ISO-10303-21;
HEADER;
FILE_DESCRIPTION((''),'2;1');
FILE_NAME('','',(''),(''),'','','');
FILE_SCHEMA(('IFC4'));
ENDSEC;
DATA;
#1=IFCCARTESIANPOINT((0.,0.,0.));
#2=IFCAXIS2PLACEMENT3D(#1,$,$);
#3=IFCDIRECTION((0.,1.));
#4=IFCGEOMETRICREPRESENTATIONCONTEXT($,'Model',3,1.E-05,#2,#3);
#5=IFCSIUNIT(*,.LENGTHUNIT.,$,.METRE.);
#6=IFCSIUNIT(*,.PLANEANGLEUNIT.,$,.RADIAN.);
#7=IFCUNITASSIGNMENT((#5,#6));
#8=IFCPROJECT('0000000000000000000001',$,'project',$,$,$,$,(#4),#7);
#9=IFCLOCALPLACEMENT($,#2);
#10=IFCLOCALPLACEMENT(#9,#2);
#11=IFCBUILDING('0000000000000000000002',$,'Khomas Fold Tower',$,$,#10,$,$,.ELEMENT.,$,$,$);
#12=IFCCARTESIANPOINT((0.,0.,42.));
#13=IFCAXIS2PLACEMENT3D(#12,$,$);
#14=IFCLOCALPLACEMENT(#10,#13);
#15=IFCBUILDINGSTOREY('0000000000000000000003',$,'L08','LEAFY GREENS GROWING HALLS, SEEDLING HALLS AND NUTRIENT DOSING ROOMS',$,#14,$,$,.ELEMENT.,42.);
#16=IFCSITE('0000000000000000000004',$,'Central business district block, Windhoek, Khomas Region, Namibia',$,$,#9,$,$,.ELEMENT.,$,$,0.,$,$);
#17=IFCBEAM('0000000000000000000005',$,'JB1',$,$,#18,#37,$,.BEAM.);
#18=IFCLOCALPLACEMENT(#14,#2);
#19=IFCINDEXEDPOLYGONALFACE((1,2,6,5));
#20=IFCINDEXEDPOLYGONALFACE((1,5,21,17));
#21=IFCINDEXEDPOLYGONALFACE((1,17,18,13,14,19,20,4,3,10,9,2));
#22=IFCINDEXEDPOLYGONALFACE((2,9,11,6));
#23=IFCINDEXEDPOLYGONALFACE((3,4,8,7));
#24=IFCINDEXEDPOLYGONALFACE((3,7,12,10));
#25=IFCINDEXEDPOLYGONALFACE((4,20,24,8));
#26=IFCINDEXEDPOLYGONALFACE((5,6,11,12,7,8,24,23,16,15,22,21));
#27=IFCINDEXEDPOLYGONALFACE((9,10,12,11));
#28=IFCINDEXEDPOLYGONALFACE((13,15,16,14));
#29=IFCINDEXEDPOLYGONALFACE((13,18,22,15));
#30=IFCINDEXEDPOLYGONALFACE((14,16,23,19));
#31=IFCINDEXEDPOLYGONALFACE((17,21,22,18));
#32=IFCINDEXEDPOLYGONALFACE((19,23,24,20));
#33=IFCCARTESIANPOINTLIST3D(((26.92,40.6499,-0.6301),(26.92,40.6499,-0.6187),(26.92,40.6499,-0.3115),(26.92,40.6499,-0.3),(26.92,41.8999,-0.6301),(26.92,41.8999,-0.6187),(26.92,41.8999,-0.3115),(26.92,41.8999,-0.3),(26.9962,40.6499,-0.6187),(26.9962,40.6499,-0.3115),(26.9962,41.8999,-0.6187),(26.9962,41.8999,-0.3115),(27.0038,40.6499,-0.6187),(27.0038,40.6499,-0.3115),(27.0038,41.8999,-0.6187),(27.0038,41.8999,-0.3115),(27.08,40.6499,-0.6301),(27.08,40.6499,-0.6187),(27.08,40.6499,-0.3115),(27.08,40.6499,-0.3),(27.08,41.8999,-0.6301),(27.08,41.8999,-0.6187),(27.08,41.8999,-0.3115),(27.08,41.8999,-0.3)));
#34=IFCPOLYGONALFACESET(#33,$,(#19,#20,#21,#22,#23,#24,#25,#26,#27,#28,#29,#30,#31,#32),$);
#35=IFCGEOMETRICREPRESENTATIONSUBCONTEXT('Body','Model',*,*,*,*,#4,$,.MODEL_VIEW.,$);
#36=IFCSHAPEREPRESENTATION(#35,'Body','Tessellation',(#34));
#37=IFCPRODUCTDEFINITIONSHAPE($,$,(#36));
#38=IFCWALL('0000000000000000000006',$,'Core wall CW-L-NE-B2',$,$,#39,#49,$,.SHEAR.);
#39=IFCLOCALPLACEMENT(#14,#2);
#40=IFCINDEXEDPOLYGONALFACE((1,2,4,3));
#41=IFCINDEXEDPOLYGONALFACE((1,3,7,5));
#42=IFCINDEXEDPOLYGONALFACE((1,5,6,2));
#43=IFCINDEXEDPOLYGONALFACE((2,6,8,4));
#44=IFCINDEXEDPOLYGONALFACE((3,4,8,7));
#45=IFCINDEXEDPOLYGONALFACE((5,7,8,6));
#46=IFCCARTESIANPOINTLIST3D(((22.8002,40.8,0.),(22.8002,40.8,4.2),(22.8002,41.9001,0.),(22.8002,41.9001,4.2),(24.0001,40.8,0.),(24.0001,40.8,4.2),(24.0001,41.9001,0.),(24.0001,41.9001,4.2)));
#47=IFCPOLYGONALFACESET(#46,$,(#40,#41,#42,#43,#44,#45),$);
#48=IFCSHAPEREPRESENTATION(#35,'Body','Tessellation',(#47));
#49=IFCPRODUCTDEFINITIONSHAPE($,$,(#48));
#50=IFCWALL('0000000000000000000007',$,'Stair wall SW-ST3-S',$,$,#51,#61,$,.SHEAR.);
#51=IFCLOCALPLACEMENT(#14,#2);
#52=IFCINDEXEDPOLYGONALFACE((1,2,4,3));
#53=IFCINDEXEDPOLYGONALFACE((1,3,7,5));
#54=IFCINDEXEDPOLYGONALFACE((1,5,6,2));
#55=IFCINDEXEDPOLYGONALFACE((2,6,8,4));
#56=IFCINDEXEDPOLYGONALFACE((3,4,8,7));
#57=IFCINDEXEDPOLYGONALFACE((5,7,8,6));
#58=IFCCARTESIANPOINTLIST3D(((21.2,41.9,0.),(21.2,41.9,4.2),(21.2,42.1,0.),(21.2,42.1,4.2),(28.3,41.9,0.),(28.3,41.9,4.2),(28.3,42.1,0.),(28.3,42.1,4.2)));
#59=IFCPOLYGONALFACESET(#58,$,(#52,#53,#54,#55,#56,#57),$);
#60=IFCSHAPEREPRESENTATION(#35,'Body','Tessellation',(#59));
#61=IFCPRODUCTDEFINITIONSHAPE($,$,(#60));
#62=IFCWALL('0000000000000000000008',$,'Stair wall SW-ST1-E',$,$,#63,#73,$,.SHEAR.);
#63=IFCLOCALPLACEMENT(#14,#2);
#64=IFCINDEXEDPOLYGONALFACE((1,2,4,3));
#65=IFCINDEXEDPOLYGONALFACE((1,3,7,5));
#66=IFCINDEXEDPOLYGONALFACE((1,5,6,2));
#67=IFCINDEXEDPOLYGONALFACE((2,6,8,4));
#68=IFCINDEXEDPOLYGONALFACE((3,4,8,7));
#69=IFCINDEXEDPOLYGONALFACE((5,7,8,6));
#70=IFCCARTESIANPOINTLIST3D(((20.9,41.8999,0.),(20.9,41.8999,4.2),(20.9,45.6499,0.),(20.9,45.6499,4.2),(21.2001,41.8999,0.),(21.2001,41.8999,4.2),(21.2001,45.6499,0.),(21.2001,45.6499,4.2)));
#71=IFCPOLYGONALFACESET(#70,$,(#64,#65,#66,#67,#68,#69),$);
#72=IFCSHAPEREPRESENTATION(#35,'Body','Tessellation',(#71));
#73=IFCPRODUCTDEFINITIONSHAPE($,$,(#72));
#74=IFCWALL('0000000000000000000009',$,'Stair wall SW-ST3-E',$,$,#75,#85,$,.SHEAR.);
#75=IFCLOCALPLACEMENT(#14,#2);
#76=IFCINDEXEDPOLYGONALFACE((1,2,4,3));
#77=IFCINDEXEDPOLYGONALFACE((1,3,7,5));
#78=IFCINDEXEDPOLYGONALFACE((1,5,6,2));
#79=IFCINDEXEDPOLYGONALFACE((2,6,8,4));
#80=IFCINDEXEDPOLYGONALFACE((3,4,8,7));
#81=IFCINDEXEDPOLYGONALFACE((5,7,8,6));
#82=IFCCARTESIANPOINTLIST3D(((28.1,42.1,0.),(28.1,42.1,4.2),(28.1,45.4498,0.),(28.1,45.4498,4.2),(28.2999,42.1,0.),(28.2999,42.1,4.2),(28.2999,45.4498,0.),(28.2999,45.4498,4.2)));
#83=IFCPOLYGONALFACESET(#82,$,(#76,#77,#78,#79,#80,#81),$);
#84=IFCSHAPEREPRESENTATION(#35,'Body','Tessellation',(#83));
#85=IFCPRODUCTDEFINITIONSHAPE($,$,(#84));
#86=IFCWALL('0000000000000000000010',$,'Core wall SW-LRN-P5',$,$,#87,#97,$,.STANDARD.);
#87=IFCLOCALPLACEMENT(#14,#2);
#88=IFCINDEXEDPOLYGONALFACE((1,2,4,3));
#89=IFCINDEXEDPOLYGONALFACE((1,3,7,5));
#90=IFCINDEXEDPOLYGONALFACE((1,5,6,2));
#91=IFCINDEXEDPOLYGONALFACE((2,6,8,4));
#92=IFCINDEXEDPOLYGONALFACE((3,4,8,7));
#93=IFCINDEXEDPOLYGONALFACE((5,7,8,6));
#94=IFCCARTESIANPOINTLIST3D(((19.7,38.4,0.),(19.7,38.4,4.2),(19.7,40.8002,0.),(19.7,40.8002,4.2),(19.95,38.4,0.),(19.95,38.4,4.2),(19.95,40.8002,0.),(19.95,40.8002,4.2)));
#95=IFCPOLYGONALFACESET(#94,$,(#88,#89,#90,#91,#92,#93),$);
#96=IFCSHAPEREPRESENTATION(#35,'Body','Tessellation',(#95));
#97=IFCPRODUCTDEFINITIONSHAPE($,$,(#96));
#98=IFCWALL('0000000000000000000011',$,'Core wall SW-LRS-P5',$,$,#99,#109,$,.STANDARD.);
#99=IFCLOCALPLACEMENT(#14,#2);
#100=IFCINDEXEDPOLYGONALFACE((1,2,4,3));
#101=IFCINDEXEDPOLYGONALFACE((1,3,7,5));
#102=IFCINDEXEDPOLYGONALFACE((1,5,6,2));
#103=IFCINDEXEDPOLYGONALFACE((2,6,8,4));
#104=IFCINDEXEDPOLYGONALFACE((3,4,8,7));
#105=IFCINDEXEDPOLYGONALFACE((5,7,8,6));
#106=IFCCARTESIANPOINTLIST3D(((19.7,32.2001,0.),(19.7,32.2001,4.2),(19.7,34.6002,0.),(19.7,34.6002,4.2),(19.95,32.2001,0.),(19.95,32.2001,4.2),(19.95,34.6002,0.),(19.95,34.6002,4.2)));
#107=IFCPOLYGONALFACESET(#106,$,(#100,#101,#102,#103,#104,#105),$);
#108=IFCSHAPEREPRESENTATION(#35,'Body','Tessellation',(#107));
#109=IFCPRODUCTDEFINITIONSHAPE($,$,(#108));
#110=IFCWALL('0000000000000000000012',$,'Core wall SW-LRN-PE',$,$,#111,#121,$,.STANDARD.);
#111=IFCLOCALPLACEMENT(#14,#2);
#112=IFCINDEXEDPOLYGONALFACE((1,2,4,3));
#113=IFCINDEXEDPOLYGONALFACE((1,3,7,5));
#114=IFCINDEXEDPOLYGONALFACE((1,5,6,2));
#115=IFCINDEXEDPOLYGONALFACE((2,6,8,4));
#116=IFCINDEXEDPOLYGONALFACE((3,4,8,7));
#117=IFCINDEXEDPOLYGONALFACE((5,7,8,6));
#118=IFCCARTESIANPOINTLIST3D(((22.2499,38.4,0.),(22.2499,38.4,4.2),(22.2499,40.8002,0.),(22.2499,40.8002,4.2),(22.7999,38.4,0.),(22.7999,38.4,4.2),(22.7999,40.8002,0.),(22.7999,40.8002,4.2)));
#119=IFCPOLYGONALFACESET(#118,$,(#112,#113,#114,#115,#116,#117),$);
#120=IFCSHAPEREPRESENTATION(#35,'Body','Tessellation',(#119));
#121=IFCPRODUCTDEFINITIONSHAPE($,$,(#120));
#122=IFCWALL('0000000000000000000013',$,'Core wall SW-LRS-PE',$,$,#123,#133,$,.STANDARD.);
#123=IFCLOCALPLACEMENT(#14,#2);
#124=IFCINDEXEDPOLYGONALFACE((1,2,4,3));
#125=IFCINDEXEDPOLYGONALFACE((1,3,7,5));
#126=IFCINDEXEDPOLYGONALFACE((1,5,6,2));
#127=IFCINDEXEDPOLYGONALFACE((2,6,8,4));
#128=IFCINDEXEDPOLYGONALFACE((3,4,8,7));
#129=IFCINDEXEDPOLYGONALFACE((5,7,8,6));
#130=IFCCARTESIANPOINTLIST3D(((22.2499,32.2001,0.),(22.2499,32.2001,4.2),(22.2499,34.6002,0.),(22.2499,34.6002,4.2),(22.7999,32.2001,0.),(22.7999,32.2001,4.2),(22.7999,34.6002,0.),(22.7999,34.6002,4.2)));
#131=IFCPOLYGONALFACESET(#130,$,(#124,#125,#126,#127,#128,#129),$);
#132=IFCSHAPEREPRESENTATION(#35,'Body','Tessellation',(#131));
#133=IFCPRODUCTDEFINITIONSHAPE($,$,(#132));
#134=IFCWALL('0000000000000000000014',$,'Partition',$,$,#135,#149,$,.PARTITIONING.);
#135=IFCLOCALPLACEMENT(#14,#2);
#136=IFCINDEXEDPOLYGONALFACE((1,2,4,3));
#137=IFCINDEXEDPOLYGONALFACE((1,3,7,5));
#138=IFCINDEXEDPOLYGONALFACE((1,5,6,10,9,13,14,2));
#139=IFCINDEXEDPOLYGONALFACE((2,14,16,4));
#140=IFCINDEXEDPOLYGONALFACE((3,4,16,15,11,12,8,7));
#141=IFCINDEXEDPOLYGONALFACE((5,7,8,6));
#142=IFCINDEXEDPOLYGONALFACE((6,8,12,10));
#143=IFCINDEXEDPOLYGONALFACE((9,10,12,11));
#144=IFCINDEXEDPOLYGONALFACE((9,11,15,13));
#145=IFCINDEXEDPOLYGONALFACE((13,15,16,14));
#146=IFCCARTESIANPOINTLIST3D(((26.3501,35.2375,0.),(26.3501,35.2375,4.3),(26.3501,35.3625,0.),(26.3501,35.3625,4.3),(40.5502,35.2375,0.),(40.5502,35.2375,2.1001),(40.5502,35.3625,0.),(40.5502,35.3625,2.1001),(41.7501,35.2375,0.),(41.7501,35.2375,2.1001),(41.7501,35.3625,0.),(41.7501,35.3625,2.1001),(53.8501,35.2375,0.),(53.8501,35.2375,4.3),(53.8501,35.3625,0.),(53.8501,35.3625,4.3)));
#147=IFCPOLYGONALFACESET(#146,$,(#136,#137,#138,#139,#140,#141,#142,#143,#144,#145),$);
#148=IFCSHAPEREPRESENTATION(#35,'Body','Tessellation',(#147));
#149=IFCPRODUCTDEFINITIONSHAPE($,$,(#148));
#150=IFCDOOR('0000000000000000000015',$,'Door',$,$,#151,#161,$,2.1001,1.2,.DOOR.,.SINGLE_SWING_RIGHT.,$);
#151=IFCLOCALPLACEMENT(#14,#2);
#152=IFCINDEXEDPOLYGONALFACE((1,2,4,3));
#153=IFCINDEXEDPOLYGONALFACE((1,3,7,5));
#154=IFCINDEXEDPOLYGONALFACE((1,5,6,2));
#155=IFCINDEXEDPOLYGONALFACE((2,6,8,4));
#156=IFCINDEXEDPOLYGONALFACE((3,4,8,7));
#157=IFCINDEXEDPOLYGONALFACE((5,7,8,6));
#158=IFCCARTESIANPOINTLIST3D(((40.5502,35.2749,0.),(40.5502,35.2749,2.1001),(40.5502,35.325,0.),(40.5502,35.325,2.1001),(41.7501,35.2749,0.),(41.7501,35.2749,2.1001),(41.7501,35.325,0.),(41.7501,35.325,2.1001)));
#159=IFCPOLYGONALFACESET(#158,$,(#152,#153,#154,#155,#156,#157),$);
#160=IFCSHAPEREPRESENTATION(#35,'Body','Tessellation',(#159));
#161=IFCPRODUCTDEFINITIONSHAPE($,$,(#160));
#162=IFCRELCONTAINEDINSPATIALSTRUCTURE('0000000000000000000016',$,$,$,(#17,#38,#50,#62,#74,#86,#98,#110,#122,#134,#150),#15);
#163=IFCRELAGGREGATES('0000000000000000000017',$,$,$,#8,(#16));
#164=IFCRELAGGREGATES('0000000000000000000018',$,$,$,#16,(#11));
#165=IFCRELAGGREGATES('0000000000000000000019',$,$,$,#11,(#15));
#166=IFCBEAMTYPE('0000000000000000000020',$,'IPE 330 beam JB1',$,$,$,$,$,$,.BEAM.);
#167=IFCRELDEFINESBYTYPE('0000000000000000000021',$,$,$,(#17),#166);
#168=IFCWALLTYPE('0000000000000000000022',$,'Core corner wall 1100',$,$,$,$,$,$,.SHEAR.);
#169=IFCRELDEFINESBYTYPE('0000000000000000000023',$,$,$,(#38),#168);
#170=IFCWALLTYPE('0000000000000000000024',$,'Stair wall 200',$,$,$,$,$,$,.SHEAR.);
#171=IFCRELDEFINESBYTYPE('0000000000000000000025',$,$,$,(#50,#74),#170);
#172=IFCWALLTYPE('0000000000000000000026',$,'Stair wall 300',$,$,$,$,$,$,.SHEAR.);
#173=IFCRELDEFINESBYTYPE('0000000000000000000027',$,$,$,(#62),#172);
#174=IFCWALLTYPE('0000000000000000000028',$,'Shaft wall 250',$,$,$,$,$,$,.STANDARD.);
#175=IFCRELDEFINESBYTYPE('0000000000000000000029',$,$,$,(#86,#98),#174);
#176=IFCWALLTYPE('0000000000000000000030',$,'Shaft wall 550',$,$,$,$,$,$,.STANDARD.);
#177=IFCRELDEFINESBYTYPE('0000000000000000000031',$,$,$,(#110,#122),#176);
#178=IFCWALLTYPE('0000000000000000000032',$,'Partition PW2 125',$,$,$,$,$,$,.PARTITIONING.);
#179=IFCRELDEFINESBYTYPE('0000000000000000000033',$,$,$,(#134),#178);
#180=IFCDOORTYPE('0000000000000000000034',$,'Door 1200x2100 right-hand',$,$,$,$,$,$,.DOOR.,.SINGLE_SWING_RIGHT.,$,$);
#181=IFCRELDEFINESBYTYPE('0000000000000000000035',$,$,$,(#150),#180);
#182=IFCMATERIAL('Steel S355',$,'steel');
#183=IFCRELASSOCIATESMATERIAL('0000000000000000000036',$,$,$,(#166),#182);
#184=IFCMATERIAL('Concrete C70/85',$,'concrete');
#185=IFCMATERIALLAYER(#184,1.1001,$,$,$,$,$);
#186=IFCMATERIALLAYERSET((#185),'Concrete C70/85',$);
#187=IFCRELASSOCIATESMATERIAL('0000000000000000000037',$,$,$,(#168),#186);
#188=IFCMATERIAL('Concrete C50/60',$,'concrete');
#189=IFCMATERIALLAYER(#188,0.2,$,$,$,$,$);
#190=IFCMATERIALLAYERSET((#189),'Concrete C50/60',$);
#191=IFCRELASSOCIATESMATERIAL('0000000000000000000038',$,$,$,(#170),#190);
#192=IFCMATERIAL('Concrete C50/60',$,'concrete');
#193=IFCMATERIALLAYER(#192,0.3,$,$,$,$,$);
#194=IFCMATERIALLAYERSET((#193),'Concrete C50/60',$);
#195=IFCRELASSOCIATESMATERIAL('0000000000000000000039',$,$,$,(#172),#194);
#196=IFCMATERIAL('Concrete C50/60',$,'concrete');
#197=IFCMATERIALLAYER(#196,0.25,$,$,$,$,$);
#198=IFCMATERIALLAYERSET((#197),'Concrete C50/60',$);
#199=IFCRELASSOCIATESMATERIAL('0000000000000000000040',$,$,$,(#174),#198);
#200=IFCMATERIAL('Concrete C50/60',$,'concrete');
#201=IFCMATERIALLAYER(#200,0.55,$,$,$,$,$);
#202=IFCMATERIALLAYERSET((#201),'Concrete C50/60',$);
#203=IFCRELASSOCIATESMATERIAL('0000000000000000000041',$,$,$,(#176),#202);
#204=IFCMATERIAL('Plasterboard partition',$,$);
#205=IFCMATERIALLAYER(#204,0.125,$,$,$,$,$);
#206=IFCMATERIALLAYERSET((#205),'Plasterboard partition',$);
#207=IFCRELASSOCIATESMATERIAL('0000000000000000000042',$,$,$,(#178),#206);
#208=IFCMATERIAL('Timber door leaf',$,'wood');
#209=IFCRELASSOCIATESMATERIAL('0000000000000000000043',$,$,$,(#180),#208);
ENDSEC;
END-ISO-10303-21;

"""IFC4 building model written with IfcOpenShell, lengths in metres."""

from ifc_helpers import new_model, si_unit, direction, frame, frame_2d, origin, origin_2d, place, context, subcontext, project, spatial, rectangle, i_section, extrude, source, transform, mapped, material, layer, layer_set, material_profile, profile_set, type_object, element, fill, save


model = new_model("IFC4")

# Units and contexts
model_context = context("Model", 3, precision=1e-05, world=origin(), true_north=direction((0.0, 1.0)))
body_context = subcontext(model_context, "Body", "Model", "MODEL_VIEW")
ifc_project = project(units=[si_unit("LENGTHUNIT", "METRE"), si_unit("PLANEANGLEUNIT", "RADIAN")], contexts=[model_context])

# Site, building, storey
site_placement = place(None, origin())
site = spatial("IfcSite", under=ifc_project, at=site_placement, Name="Central business district block, Windhoek, Khomas Region, Namibia", CompositionType="ELEMENT", RefElevation=0.0)
building_placement = place(site_placement, origin())
building = spatial("IfcBuilding", under=site, at=building_placement, Name="Khomas Fold Tower", CompositionType="ELEMENT")
storey_placement = place(building_placement, frame((0.0, 0.0, 42.0)))
storey = spatial("IfcBuildingStorey", under=building, at=storey_placement, Name="L08", Description="LEAFY GREENS GROWING HALLS, SEEDLING HALLS AND NUTRIENT DOSING ROOMS", CompositionType="ELEMENT", Elevation=42.0)

# Beam
ifc_material_1 = material(Name="Steel S355", Category="steel")
ifc_material_profile_1 = material_profile(ifc_material_1, i_section(OverallWidth=0.1599, OverallDepth=0.3301, WebThickness=0.0076, FlangeThickness=0.0115, at=origin_2d()), Name="IPE 330")
ifc_profile_set_1 = profile_set([ifc_material_profile_1], Name="Steel S355")
beam_type_1 = type_object("IfcBeamType", Name="IPE 330 beam JB1", PredefinedType="BEAM", material=ifc_profile_set_1)
shared_shape_1 = source(origin(), body_context, "Body", "SweptSolid", [
    extrude(i_section(OverallWidth=0.1599, OverallDepth=0.3301, WebThickness=0.0076, FlangeThickness=0.0115, at=origin_2d()), origin(), (0.0, 0.0, 1.0), 1.25),
])
beam_1_placement = place(storey_placement, frame((27.0, 40.6499, -0.4651), z_axis=(0.0, 1.0, 0.0), x_axis=(-1.0, 0.0, 0.0)))
element("IfcBeam", 1, at=beam_1_placement, inside=storey, type_object=beam_type_1, Name="JB1", PredefinedType="BEAM", context=body_context, shape_type="MappedRepresentation", body=[
    mapped(shared_shape_1, transform((0.0, 0.0, 0.0))),
])

# Walls
ifc_material_2 = material(Name="Concrete C70/85", Category="concrete")
ifc_layer_1 = layer(ifc_material_2, 1.1001)
ifc_layer_set_1 = layer_set([ifc_layer_1], Name="Concrete C70/85")
wall_type_1 = type_object("IfcWallType", Name="Core corner wall 1100", PredefinedType="SHEAR", material=ifc_layer_set_1)
shared_shape_2 = source(origin(), body_context, "Body", "SweptSolid", [
    extrude(rectangle(XDim=1.2, YDim=1.1001, at=frame_2d((0.6001, 0.0))), origin(), (0.0, 0.0, 1.0), 4.2),
])
wall_1_placement = place(storey_placement, frame((22.8, 41.3501, 0.0), z_axis=(0.0, 0.0, 1.0), x_axis=(1.0, 0.0, 0.0)))
element("IfcWall", 2, at=wall_1_placement, inside=storey, type_object=wall_type_1, Name="Core wall CW-L-NE-B2", PredefinedType="SHEAR", context=body_context, shape_type="MappedRepresentation", body=[
    mapped(shared_shape_2, transform((0.0, 0.0, 0.0))),
])
ifc_material_3 = material(Name="Concrete C50/60", Category="concrete")
ifc_layer_2 = layer(ifc_material_3, 0.2)
ifc_layer_set_2 = layer_set([ifc_layer_2], Name="Concrete C50/60")
wall_type_2 = type_object("IfcWallType", Name="Stair wall 200", PredefinedType="SHEAR", material=ifc_layer_set_2)
shared_shape_3 = source(origin(), body_context, "Body", "SweptSolid", [
    extrude(rectangle(XDim=7.1001, YDim=0.2, at=frame_2d((3.55, 0.0))), origin(), (0.0, 0.0, 1.0), 4.2),
])
wall_2_placement = place(storey_placement, frame((21.2, 42.0, 0.0), z_axis=(0.0, 0.0, 1.0), x_axis=(1.0, 0.0, 0.0)))
element("IfcWall", 3, at=wall_2_placement, inside=storey, type_object=wall_type_2, Name="Stair wall SW-ST3-S", PredefinedType="SHEAR", context=body_context, shape_type="MappedRepresentation", body=[
    mapped(shared_shape_3, transform((0.0, 0.0, 0.0))),
])
ifc_material_4 = material(Name="Concrete C50/60", Category="concrete")
ifc_layer_3 = layer(ifc_material_4, 0.3)
ifc_layer_set_3 = layer_set([ifc_layer_3], Name="Concrete C50/60")
wall_type_3 = type_object("IfcWallType", Name="Stair wall 300", PredefinedType="SHEAR", material=ifc_layer_set_3)
shared_shape_4 = source(origin(), body_context, "Body", "SweptSolid", [
    extrude(rectangle(XDim=3.75, YDim=0.3, at=frame_2d((1.875, 0.0))), origin(), (0.0, 0.0, 1.0), 4.2),
])
wall_3_placement = place(storey_placement, frame((21.05, 41.8999, 0.0), z_axis=(0.0, 0.0, 1.0), x_axis=(0.0, 1.0, 0.0)))
element("IfcWall", 4, at=wall_3_placement, inside=storey, type_object=wall_type_3, Name="Stair wall SW-ST1-E", PredefinedType="SHEAR", context=body_context, shape_type="MappedRepresentation", body=[
    mapped(shared_shape_4, transform((0.0, 0.0, 0.0))),
])
shared_shape_5 = source(origin(), body_context, "Body", "SweptSolid", [
    extrude(rectangle(XDim=3.3499, YDim=0.2, at=frame_2d((1.6748, 0.0))), origin(), (0.0, 0.0, 1.0), 4.2),
])
wall_4_placement = place(storey_placement, frame((28.2, 42.1001, 0.0), z_axis=(0.0, 0.0, 1.0), x_axis=(0.0, 1.0, 0.0)))
element("IfcWall", 5, at=wall_4_placement, inside=storey, type_object=wall_type_2, Name="Stair wall SW-ST3-E", PredefinedType="SHEAR", context=body_context, shape_type="MappedRepresentation", body=[
    mapped(shared_shape_5, transform((0.0, 0.0, 0.0))),
])
ifc_material_5 = material(Name="Concrete C50/60", Category="concrete")
ifc_layer_4 = layer(ifc_material_5, 0.25)
ifc_layer_set_4 = layer_set([ifc_layer_4], Name="Concrete C50/60")
wall_type_4 = type_object("IfcWallType", Name="Shaft wall 250", PredefinedType="STANDARD", material=ifc_layer_set_4)
shared_shape_6 = source(origin(), body_context, "Body", "SweptSolid", [
    extrude(rectangle(XDim=2.4001, YDim=0.25, at=frame_2d((1.2002, 0.0))), origin(), (0.0, 0.0, 1.0), 4.2),
])
for number, where, z_axis, x_axis, name in (
    (6, (19.825, 38.3999, 0.0), (0.0, 0.0, 1.0), (0.0, 1.0, 0.0), "Core wall SW-LRN-P5"),
    (7, (19.825, 32.2, 0.0), (0.0, 0.0, 1.0), (0.0, 1.0, 0.0), "Core wall SW-LRS-P5"),
):
    element("IfcWall", number, at=place(storey_placement, frame(where, z_axis=z_axis, x_axis=x_axis)), inside=storey, type_object=wall_type_4, Name=name, PredefinedType="STANDARD", context=body_context, shape_type="MappedRepresentation", body=[
        mapped(shared_shape_6, transform((0.0, 0.0, 0.0))),
    ])
ifc_material_6 = material(Name="Concrete C50/60", Category="concrete")
ifc_layer_5 = layer(ifc_material_6, 0.55)
ifc_layer_set_5 = layer_set([ifc_layer_5], Name="Concrete C50/60")
wall_type_5 = type_object("IfcWallType", Name="Shaft wall 550", PredefinedType="STANDARD", material=ifc_layer_set_5)
shared_shape_7 = source(origin(), body_context, "Body", "SweptSolid", [
    extrude(rectangle(XDim=2.4001, YDim=0.55, at=frame_2d((1.2002, 0.0))), origin(), (0.0, 0.0, 1.0), 4.2),
])
for number, where, z_axis, x_axis, name in (
    (8, (22.5249, 38.3999, 0.0), (0.0, 0.0, 1.0), (0.0, 1.0, 0.0), "Core wall SW-LRN-PE"),
    (9, (22.5249, 32.2, 0.0), (0.0, 0.0, 1.0), (0.0, 1.0, 0.0), "Core wall SW-LRS-PE"),
):
    element("IfcWall", number, at=place(storey_placement, frame(where, z_axis=z_axis, x_axis=x_axis)), inside=storey, type_object=wall_type_5, Name=name, PredefinedType="STANDARD", context=body_context, shape_type="MappedRepresentation", body=[
        mapped(shared_shape_7, transform((0.0, 0.0, 0.0))),
    ])

# Wall, opening, door
ifc_material_7 = material(Name="Plasterboard partition")
ifc_layer_6 = layer(ifc_material_7, 0.125)
ifc_layer_set_6 = layer_set([ifc_layer_6], Name="Plasterboard partition")
wall_type_6 = type_object("IfcWallType", Name="Partition PW2 125", PredefinedType="PARTITIONING", material=ifc_layer_set_6)
shared_shape_8 = source(origin(), body_context, "Body", "SweptSolid", [
    extrude(rectangle(XDim=27.5, YDim=0.125, at=frame_2d((13.75, 0.0))), origin(), (0.0, 0.0, 1.0), 4.3),
])
wall_5_placement = place(storey_placement, frame((26.3501, 35.3, 0.0), z_axis=(0.0, 0.0, 1.0), x_axis=(1.0, 0.0, 0.0)))
wall_5 = element("IfcWall", 10, at=wall_5_placement, inside=storey, type_object=wall_type_6, Name="Partition", PredefinedType="PARTITIONING", context=body_context, shape_type="MappedRepresentation", body=[
    mapped(shared_shape_8, transform((0.0, 0.0, 0.0))),
])
shared_shape_9 = source(origin(), body_context, "Body", "SweptSolid", [
    extrude(rectangle(XDim=1.2, YDim=2.1001, at=frame_2d((0.6001, 1.05))), frame((0.0, 0.0725, 0.0), z_axis=(0.0, -1.0, 0.0), x_axis=(1.0, 0.0, 0.0)), (0.0, 0.0, 1.0), 0.145),
])
opening_1_placement = place(wall_5_placement, frame((14.2, 0.0, 0.0)))
opening_1 = element("IfcOpeningElement", 11, at=opening_1_placement, cuts=wall_5, PredefinedType="OPENING", context=body_context, shape_type="MappedRepresentation", body=[
    mapped(shared_shape_9, transform((0.0, 0.0, 0.0))),
])
ifc_material_8 = material(Name="Timber door leaf", Category="wood")
door_type_1 = type_object("IfcDoorType", Name="Door 1200x2100 right-hand", OperationType="SINGLE_SWING_RIGHT", PredefinedType="DOOR", material=ifc_material_8)
shared_shape_10 = source(origin(), body_context, "Body", "SweptSolid", [
    extrude(rectangle(XDim=1.2, YDim=2.1001, at=frame_2d((0.6001, 1.05))), frame((0.0, 0.0249, 0.0), z_axis=(0.0, -1.0, 0.0), x_axis=(1.0, 0.0, 0.0)), (0.0, 0.0, 1.0), 0.05),
])
door_1_placement = place(opening_1_placement, origin())
door_1 = element("IfcDoor", 12, at=door_1_placement, inside=storey, type_object=door_type_1, Name="Door", OperationType="SINGLE_SWING_RIGHT", OverallHeight=2.1001, OverallWidth=1.2, PredefinedType="DOOR", context=body_context, shape_type="MappedRepresentation", body=[
    mapped(shared_shape_10, transform((0.0, 0.0, 0.0))),
])
fill(opening_1, door_1)

save(model, "model.ifc")
